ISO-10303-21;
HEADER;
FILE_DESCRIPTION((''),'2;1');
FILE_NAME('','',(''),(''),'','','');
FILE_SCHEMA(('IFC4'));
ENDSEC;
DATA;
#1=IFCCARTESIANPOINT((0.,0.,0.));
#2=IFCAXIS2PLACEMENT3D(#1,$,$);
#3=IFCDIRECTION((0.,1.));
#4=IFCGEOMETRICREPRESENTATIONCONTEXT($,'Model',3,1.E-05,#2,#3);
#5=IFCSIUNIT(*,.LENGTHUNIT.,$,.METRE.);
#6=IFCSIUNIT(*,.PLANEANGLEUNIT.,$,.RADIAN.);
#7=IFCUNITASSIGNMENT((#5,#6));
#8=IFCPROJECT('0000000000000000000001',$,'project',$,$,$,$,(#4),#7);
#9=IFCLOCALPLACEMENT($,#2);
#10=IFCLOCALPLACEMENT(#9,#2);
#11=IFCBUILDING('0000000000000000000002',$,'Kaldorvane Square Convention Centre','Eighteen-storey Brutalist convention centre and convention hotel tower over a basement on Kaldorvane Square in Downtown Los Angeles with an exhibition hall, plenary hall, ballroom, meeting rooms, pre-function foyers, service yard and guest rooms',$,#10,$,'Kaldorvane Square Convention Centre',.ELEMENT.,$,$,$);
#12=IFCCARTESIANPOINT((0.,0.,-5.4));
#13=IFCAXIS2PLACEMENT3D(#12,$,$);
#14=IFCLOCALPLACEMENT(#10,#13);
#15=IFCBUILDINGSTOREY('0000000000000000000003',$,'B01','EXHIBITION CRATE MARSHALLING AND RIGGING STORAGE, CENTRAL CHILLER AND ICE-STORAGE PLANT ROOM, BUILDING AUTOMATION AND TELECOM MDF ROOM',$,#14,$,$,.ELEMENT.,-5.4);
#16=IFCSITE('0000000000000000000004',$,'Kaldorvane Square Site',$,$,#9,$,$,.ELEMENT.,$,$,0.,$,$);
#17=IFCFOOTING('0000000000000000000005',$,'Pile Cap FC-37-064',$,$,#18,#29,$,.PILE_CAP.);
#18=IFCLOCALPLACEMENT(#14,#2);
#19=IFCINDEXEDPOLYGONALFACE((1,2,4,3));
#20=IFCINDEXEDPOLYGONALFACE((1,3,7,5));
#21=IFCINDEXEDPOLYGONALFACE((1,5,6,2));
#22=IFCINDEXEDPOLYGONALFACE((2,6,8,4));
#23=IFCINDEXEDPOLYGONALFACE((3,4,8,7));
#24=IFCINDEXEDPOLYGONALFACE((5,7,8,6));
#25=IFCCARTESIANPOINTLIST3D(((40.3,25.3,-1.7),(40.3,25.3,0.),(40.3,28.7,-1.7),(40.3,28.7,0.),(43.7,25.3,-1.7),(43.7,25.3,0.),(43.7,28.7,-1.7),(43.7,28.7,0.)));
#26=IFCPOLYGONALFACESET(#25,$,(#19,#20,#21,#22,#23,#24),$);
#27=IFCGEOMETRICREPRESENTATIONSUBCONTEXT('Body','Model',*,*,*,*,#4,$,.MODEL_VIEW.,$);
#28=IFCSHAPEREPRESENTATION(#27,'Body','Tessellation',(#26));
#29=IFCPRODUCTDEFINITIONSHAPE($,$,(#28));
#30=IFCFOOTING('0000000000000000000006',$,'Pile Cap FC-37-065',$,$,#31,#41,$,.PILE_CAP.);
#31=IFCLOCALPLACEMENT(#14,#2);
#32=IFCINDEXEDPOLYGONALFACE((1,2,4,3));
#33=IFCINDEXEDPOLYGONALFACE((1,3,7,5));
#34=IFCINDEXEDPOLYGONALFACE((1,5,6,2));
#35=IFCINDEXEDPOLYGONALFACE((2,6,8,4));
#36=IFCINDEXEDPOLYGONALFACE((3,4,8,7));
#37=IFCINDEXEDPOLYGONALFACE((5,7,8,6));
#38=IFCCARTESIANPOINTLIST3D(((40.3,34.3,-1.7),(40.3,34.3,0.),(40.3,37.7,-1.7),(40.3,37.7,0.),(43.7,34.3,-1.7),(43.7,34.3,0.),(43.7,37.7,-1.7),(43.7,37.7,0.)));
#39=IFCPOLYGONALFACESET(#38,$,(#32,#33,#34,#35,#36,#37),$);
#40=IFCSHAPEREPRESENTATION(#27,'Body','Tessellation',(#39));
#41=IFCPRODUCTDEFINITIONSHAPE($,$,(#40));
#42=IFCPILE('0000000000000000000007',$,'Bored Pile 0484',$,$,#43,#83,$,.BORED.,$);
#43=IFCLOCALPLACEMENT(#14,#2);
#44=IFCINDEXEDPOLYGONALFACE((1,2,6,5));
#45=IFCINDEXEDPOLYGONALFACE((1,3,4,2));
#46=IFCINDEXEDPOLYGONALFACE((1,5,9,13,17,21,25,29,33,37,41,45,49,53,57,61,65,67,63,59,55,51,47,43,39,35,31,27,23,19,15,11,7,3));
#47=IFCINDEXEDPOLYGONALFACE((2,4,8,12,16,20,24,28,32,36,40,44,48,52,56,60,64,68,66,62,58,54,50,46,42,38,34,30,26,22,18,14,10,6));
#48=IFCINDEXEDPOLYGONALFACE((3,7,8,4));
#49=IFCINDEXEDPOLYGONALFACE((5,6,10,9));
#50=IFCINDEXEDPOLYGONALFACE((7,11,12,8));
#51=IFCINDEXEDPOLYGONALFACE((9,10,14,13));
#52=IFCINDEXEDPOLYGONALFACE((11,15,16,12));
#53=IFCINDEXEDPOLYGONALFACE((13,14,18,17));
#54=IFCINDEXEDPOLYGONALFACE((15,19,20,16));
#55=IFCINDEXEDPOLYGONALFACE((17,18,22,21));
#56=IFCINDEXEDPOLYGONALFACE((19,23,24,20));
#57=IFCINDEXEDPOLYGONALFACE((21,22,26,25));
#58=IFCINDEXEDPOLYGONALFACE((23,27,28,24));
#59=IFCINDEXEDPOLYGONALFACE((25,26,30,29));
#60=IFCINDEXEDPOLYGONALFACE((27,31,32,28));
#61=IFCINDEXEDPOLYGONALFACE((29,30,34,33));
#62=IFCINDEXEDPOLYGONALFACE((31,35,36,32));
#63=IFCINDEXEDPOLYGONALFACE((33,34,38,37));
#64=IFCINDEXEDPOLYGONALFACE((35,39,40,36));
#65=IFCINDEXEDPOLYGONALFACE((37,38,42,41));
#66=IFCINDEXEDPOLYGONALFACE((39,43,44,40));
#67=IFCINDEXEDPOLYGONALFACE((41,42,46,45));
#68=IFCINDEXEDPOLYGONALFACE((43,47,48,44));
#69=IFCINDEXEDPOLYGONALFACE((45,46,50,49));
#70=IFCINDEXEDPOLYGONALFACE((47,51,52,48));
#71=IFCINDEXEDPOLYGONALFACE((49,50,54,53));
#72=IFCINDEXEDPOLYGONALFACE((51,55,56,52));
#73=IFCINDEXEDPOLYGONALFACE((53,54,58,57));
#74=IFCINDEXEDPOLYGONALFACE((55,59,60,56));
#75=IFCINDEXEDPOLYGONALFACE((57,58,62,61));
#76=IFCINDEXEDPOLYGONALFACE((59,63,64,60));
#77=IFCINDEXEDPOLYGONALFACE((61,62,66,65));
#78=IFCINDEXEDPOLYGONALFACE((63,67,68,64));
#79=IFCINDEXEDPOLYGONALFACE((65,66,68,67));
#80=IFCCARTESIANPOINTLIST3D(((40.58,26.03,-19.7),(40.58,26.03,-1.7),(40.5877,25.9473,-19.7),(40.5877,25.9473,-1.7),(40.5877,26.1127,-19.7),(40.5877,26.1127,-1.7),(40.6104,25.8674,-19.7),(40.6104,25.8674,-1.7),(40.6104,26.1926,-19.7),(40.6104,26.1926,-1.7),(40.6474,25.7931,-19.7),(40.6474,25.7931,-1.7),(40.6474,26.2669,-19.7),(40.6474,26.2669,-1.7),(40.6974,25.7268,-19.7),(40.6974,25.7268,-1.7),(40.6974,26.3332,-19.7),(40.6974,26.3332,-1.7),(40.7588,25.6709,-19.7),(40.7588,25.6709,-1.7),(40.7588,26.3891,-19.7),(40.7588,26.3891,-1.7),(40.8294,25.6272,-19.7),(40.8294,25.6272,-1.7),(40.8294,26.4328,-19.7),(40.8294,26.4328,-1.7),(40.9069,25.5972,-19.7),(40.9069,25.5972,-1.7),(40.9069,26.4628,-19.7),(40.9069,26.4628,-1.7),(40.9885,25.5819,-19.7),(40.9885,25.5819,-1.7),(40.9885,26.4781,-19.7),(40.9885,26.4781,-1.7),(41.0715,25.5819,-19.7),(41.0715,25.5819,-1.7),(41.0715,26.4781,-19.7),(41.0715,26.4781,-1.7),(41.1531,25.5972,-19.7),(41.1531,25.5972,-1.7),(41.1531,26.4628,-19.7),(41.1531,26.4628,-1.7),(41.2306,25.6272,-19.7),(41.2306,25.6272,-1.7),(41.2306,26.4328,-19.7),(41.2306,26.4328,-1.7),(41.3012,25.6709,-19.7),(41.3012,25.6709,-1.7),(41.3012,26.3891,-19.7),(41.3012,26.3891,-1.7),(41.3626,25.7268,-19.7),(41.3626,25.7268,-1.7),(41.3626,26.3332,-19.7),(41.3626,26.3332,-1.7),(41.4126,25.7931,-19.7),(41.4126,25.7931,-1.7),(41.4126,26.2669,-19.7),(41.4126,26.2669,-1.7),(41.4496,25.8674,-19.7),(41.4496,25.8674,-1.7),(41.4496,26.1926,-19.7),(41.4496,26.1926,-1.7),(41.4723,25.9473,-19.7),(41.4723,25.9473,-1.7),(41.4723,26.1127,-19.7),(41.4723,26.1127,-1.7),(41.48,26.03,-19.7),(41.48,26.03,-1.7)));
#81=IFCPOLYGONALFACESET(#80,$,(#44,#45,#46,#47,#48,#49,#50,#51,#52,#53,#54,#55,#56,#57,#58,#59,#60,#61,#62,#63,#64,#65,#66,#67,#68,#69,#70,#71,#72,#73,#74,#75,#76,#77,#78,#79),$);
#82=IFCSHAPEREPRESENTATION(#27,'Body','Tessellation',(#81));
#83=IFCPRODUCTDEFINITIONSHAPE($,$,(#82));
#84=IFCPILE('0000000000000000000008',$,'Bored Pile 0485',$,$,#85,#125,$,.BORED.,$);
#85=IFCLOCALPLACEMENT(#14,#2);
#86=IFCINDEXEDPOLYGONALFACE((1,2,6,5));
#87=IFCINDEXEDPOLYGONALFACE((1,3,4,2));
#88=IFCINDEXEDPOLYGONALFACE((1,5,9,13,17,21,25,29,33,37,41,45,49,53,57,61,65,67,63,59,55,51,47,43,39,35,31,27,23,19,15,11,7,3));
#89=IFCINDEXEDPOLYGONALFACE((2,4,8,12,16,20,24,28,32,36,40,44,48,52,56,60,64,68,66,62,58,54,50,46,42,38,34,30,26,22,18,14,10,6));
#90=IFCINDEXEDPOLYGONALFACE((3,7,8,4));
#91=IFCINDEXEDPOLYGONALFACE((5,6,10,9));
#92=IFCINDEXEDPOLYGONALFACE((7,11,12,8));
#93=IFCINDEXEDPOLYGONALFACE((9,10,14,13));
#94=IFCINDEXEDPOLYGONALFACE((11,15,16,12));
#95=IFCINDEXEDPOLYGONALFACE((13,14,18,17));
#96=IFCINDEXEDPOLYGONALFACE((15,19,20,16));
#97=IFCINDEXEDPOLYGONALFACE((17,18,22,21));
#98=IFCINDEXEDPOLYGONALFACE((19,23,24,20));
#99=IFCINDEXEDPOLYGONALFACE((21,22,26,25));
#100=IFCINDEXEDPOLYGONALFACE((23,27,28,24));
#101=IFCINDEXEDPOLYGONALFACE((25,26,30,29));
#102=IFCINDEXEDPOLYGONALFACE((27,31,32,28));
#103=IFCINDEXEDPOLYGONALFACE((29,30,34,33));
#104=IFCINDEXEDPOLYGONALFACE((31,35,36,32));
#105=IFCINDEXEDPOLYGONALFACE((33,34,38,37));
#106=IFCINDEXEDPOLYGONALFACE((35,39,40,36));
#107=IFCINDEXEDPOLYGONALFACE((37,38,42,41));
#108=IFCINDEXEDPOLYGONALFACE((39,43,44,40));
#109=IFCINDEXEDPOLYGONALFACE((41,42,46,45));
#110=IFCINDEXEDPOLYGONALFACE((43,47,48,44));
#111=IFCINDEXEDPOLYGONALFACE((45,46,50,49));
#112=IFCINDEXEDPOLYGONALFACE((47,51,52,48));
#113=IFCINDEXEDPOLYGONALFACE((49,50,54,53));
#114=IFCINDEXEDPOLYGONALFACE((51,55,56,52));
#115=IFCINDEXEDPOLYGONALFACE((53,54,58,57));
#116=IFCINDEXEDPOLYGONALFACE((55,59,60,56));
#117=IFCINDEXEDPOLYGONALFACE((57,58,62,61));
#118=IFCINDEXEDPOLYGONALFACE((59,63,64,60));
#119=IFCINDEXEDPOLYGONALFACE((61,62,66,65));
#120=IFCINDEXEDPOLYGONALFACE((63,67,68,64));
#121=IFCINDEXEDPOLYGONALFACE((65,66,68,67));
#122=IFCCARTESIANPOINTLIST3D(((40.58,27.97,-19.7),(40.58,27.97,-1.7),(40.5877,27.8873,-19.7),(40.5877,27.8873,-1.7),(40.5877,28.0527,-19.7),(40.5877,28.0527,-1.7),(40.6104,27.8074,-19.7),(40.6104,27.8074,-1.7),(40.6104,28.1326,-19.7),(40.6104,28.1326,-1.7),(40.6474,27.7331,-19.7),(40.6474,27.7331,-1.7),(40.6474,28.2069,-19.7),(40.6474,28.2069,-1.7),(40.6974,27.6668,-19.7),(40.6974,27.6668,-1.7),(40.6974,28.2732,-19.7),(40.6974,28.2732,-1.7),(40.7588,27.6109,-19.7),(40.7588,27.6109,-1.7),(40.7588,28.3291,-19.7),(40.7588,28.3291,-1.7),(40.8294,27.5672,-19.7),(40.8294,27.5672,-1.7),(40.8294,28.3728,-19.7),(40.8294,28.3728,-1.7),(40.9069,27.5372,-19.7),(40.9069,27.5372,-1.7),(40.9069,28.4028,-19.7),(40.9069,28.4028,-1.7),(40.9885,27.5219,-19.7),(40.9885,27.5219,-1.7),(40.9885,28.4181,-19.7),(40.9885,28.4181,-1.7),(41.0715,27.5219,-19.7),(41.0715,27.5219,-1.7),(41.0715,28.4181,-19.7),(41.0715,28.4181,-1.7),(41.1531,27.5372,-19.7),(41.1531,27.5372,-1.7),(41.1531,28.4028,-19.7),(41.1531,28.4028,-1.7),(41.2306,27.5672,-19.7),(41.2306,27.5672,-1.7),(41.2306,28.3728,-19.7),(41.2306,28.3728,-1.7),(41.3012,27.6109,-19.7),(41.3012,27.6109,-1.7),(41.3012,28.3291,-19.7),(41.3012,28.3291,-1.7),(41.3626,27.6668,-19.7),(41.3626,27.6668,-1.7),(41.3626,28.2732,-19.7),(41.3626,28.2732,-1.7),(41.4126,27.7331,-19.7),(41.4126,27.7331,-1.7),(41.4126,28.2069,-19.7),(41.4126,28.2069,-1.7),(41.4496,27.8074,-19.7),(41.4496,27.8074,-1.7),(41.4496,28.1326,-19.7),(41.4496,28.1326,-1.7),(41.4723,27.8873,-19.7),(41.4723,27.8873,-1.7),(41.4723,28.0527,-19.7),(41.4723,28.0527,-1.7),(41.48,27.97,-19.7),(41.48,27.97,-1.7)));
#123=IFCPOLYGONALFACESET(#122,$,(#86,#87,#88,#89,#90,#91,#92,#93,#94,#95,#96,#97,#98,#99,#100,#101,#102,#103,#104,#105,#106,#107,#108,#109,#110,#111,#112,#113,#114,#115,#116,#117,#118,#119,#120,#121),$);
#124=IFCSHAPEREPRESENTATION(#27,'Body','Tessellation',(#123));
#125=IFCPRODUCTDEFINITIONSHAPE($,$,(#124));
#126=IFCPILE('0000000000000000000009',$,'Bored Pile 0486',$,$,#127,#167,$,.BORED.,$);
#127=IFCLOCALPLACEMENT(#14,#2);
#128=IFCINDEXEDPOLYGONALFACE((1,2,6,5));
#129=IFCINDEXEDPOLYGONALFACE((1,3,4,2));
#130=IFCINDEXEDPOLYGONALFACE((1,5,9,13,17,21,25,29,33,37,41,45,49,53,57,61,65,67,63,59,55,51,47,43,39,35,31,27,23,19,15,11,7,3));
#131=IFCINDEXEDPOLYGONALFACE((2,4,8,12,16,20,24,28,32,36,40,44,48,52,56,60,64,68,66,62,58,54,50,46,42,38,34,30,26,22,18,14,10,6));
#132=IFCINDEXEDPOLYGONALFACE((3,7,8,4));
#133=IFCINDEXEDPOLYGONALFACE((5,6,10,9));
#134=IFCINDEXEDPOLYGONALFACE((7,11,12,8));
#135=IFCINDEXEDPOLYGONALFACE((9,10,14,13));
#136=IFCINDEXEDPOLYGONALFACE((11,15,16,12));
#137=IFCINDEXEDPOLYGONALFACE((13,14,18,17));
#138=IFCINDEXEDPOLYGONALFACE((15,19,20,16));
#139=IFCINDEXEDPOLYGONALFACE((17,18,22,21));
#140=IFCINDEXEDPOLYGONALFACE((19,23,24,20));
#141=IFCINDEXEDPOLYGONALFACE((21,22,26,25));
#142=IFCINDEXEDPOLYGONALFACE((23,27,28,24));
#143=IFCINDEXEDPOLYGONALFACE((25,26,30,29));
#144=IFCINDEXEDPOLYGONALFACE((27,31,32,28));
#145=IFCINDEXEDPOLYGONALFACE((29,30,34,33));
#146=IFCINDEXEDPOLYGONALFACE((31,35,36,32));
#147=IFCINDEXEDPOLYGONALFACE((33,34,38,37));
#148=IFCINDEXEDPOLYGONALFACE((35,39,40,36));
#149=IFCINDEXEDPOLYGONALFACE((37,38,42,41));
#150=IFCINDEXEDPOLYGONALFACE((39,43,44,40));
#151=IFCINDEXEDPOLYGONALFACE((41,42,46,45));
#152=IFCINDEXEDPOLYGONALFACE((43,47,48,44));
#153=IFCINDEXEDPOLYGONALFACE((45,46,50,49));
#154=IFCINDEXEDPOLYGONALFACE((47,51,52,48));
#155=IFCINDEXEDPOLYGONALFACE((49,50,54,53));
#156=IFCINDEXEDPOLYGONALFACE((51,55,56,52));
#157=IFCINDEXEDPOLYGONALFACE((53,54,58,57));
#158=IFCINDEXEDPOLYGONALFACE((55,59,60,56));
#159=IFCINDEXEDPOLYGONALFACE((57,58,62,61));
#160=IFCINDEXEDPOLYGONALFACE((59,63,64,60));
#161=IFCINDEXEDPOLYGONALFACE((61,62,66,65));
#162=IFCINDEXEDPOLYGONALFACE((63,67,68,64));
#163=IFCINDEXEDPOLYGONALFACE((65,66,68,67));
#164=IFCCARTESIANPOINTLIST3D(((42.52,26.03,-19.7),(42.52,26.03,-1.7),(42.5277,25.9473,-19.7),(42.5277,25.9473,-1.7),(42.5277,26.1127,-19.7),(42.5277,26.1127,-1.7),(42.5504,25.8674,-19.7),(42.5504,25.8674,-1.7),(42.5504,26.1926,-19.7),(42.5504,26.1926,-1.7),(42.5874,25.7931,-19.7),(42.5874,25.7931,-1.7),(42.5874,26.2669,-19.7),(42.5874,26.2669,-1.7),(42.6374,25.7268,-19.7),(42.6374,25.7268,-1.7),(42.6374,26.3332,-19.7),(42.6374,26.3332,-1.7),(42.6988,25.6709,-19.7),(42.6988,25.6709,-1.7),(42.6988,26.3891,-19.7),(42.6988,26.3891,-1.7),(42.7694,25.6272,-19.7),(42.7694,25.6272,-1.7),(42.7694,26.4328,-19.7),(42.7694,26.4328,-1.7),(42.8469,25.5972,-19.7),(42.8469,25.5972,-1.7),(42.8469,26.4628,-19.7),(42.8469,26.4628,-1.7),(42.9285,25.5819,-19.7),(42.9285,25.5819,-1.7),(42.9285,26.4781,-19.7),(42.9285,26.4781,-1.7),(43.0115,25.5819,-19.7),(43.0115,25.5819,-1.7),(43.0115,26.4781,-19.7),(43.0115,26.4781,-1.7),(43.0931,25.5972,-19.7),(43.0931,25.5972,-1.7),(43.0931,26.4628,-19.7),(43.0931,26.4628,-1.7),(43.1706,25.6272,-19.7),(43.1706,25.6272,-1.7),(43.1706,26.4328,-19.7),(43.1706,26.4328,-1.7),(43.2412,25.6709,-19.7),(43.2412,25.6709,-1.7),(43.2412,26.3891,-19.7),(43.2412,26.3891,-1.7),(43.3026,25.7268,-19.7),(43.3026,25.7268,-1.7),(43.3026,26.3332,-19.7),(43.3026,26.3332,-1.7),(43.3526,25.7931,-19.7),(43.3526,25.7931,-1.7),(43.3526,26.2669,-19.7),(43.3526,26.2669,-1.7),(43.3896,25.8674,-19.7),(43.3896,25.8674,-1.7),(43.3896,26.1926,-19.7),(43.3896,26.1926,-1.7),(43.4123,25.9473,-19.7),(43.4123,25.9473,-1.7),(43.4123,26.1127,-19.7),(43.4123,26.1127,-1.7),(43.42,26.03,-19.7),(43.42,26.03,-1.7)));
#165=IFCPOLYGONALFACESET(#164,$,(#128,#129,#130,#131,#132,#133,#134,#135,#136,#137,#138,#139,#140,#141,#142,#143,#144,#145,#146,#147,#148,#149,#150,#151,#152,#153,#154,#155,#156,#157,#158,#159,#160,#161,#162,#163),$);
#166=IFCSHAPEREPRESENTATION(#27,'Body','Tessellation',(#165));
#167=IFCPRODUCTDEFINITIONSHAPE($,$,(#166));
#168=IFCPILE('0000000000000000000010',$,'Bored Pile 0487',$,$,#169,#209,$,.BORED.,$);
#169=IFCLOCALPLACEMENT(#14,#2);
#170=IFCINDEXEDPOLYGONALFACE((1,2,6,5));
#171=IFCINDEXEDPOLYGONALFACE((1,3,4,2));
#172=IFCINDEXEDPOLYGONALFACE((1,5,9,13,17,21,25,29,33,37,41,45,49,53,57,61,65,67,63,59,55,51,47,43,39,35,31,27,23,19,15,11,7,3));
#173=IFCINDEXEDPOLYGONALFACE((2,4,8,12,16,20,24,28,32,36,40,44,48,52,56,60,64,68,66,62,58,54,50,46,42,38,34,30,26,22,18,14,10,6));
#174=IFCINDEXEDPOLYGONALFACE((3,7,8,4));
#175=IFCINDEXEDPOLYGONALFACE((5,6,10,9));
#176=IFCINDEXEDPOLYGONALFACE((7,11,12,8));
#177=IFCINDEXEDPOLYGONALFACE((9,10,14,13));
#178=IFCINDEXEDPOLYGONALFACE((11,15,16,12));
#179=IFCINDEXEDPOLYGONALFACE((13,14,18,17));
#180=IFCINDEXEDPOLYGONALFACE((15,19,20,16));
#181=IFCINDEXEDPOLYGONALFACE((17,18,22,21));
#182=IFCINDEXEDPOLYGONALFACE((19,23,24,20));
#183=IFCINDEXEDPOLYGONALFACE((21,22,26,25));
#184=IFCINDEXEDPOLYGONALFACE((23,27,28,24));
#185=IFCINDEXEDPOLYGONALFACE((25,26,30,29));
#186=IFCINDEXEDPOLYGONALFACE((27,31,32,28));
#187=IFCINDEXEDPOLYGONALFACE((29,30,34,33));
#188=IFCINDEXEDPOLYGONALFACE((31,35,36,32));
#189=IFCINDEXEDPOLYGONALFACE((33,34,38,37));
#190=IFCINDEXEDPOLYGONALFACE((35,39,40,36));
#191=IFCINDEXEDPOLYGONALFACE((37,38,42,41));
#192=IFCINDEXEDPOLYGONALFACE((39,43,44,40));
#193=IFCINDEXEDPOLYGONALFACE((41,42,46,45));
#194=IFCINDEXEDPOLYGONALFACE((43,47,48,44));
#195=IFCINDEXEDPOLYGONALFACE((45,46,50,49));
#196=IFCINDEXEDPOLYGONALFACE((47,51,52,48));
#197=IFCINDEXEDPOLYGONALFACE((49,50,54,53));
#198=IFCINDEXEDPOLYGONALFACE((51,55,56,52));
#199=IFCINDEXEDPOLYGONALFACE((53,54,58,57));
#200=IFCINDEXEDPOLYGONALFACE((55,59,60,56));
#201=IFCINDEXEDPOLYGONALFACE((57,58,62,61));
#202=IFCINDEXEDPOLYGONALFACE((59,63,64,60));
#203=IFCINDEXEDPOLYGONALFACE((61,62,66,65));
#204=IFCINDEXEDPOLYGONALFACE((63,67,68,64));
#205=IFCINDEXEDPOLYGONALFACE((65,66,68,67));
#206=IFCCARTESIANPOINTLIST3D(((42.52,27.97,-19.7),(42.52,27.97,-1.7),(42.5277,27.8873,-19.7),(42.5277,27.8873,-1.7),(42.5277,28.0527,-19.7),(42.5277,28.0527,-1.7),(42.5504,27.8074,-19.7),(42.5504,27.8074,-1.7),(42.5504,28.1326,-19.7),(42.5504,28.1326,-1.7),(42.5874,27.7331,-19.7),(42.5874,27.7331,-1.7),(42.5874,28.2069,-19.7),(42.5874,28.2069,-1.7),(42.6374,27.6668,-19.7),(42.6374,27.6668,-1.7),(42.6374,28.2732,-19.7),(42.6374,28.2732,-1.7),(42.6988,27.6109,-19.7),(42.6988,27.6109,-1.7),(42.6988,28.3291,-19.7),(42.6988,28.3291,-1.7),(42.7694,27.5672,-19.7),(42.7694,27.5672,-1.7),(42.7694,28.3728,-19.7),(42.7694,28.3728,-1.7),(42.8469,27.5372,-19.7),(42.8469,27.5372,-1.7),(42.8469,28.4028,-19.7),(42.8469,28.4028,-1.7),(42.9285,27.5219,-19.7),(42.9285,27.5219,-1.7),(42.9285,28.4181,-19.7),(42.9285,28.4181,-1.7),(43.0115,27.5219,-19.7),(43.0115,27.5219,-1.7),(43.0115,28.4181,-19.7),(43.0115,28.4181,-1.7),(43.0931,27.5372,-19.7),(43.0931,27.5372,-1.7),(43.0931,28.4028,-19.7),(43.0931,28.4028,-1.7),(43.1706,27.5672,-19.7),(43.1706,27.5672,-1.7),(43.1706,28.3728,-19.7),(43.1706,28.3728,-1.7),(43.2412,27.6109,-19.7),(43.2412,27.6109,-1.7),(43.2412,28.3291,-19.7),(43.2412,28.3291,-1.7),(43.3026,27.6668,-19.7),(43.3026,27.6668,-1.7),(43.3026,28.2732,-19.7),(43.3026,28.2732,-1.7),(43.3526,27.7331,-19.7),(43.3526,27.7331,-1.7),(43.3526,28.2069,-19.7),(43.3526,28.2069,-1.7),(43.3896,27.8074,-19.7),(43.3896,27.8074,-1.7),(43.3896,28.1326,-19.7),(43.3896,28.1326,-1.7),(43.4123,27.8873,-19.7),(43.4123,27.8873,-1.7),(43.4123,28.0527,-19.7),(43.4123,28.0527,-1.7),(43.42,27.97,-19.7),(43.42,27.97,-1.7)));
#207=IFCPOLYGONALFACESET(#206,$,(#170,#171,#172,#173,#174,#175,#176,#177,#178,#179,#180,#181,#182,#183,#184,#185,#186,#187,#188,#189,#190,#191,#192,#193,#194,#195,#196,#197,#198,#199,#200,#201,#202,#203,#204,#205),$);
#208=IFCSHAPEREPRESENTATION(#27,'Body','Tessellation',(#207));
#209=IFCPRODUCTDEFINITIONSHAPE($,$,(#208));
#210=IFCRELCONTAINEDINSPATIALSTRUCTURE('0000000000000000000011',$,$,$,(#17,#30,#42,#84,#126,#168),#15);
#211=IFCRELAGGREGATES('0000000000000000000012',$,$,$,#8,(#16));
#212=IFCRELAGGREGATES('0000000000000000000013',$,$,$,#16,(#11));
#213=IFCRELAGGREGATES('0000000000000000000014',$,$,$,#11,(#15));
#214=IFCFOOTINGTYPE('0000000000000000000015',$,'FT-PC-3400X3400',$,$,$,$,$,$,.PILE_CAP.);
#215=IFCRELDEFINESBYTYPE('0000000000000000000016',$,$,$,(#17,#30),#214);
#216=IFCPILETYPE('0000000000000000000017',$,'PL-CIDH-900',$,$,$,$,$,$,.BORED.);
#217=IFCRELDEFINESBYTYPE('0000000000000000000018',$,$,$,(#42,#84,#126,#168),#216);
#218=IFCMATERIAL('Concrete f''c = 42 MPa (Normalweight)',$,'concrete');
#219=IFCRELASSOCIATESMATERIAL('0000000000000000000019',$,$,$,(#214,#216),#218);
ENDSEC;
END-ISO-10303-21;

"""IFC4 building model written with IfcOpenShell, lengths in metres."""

from ifc_helpers import new_model, si_unit, direction, frame, origin, origin_2d, place, context, subcontext, project, spatial, rectangle, circle, extrude, material, material_profile, profile_set, type_object, element, save


model = new_model("IFC4")

# Units and contexts
model_context = context("Model", 3, precision=1e-05, world=origin(), true_north=direction((0.0, 1.0)))
body_context = subcontext(model_context, "Body", "Model", "MODEL_VIEW")
ifc_project = project(units=[si_unit("LENGTHUNIT", "METRE"), si_unit("PLANEANGLEUNIT", "RADIAN")], contexts=[model_context])

# Site, building, storey
site_placement = place(None, origin())
site = spatial("IfcSite", under=ifc_project, at=site_placement, Name="Kaldorvane Square Site", CompositionType="ELEMENT", RefElevation=0.0)
building_placement = place(site_placement, origin())
building = spatial("IfcBuilding", under=site, at=building_placement, Name="Kaldorvane Square Convention Centre", Description="Eighteen-storey Brutalist convention centre and convention hotel tower over a basement on Kaldorvane Square in Downtown Los Angeles with an exhibition hall, plenary hall, ballroom, meeting rooms, pre-function foyers, service yard and guest rooms", LongName="Kaldorvane Square Convention Centre", CompositionType="ELEMENT")
storey_placement = place(building_placement, frame((0.0, 0.0, -5.4)))
storey = spatial("IfcBuildingStorey", under=building, at=storey_placement, Name="B01", Description="EXHIBITION CRATE MARSHALLING AND RIGGING STORAGE, CENTRAL CHILLER AND ICE-STORAGE PLANT ROOM, BUILDING AUTOMATION AND TELECOM MDF ROOM", CompositionType="ELEMENT", Elevation=-5.4)

# Footings
ifc_material_1 = material(Name="Concrete f'c = 42 MPa (Normalweight)", Category="concrete")
footing_type = type_object("IfcFootingType", Name="FT-PC-3400X3400", PredefinedType="PILE_CAP", material=ifc_material_1)
for number, where, z_axis, x_axis, name in (
    (1, (42.0, 27.0, -1.7), (0.0, 0.0, 1.0), (1.0, 0.0, 0.0), "Pile Cap FC-37-064"),
    (2, (42.0, 36.0, -1.7), (0.0, 0.0, 1.0), (1.0, 0.0, 0.0), "Pile Cap FC-37-065"),
):
    element("IfcFooting", number, at=place(storey_placement, frame(where, z_axis=z_axis, x_axis=x_axis)), inside=storey, type_object=footing_type, Name=name, PredefinedType="PILE_CAP", context=body_context, shape_type="SweptSolid", body=[
        extrude(rectangle(XDim=3.4, YDim=3.4, at=origin_2d()), origin(), (0.0, 0.0, 1.0), 1.7),
    ])

# Piles
ifc_material_profile_1 = material_profile(ifc_material_1, circle(Radius=0.45, at=origin_2d()), Name="PILE-D900")
ifc_profile_set_1 = profile_set([ifc_material_profile_1], Name="Concrete f'c = 42 MPa (Normalweight)")
pile_type = type_object("IfcPileType", Name="PL-CIDH-900", PredefinedType="BORED", material=ifc_profile_set_1)
for number, where, z_axis, x_axis, name in (
    (3, (41.03, 26.03, -1.7), (0.0, 0.0, -1.0), (1.0, 0.0, 0.0), "Bored Pile 0484"),
    (4, (41.03, 27.97, -1.7), (0.0, 0.0, -1.0), (1.0, 0.0, 0.0), "Bored Pile 0485"),
    (5, (42.97, 26.03, -1.7), (0.0, 0.0, -1.0), (1.0, 0.0, 0.0), "Bored Pile 0486"),
    (6, (42.97, 27.97, -1.7), (0.0, 0.0, -1.0), (1.0, 0.0, 0.0), "Bored Pile 0487"),
):
    element("IfcPile", number, at=place(storey_placement, frame(where, z_axis=z_axis, x_axis=x_axis)), inside=storey, type_object=pile_type, Name=name, PredefinedType="BORED", context=body_context, shape_type="SweptSolid", body=[
        extrude(circle(Radius=0.45, at=origin_2d()), origin(), (0.0, 0.0, 1.0), 18.0),
    ])

save(model, "model.ifc")
